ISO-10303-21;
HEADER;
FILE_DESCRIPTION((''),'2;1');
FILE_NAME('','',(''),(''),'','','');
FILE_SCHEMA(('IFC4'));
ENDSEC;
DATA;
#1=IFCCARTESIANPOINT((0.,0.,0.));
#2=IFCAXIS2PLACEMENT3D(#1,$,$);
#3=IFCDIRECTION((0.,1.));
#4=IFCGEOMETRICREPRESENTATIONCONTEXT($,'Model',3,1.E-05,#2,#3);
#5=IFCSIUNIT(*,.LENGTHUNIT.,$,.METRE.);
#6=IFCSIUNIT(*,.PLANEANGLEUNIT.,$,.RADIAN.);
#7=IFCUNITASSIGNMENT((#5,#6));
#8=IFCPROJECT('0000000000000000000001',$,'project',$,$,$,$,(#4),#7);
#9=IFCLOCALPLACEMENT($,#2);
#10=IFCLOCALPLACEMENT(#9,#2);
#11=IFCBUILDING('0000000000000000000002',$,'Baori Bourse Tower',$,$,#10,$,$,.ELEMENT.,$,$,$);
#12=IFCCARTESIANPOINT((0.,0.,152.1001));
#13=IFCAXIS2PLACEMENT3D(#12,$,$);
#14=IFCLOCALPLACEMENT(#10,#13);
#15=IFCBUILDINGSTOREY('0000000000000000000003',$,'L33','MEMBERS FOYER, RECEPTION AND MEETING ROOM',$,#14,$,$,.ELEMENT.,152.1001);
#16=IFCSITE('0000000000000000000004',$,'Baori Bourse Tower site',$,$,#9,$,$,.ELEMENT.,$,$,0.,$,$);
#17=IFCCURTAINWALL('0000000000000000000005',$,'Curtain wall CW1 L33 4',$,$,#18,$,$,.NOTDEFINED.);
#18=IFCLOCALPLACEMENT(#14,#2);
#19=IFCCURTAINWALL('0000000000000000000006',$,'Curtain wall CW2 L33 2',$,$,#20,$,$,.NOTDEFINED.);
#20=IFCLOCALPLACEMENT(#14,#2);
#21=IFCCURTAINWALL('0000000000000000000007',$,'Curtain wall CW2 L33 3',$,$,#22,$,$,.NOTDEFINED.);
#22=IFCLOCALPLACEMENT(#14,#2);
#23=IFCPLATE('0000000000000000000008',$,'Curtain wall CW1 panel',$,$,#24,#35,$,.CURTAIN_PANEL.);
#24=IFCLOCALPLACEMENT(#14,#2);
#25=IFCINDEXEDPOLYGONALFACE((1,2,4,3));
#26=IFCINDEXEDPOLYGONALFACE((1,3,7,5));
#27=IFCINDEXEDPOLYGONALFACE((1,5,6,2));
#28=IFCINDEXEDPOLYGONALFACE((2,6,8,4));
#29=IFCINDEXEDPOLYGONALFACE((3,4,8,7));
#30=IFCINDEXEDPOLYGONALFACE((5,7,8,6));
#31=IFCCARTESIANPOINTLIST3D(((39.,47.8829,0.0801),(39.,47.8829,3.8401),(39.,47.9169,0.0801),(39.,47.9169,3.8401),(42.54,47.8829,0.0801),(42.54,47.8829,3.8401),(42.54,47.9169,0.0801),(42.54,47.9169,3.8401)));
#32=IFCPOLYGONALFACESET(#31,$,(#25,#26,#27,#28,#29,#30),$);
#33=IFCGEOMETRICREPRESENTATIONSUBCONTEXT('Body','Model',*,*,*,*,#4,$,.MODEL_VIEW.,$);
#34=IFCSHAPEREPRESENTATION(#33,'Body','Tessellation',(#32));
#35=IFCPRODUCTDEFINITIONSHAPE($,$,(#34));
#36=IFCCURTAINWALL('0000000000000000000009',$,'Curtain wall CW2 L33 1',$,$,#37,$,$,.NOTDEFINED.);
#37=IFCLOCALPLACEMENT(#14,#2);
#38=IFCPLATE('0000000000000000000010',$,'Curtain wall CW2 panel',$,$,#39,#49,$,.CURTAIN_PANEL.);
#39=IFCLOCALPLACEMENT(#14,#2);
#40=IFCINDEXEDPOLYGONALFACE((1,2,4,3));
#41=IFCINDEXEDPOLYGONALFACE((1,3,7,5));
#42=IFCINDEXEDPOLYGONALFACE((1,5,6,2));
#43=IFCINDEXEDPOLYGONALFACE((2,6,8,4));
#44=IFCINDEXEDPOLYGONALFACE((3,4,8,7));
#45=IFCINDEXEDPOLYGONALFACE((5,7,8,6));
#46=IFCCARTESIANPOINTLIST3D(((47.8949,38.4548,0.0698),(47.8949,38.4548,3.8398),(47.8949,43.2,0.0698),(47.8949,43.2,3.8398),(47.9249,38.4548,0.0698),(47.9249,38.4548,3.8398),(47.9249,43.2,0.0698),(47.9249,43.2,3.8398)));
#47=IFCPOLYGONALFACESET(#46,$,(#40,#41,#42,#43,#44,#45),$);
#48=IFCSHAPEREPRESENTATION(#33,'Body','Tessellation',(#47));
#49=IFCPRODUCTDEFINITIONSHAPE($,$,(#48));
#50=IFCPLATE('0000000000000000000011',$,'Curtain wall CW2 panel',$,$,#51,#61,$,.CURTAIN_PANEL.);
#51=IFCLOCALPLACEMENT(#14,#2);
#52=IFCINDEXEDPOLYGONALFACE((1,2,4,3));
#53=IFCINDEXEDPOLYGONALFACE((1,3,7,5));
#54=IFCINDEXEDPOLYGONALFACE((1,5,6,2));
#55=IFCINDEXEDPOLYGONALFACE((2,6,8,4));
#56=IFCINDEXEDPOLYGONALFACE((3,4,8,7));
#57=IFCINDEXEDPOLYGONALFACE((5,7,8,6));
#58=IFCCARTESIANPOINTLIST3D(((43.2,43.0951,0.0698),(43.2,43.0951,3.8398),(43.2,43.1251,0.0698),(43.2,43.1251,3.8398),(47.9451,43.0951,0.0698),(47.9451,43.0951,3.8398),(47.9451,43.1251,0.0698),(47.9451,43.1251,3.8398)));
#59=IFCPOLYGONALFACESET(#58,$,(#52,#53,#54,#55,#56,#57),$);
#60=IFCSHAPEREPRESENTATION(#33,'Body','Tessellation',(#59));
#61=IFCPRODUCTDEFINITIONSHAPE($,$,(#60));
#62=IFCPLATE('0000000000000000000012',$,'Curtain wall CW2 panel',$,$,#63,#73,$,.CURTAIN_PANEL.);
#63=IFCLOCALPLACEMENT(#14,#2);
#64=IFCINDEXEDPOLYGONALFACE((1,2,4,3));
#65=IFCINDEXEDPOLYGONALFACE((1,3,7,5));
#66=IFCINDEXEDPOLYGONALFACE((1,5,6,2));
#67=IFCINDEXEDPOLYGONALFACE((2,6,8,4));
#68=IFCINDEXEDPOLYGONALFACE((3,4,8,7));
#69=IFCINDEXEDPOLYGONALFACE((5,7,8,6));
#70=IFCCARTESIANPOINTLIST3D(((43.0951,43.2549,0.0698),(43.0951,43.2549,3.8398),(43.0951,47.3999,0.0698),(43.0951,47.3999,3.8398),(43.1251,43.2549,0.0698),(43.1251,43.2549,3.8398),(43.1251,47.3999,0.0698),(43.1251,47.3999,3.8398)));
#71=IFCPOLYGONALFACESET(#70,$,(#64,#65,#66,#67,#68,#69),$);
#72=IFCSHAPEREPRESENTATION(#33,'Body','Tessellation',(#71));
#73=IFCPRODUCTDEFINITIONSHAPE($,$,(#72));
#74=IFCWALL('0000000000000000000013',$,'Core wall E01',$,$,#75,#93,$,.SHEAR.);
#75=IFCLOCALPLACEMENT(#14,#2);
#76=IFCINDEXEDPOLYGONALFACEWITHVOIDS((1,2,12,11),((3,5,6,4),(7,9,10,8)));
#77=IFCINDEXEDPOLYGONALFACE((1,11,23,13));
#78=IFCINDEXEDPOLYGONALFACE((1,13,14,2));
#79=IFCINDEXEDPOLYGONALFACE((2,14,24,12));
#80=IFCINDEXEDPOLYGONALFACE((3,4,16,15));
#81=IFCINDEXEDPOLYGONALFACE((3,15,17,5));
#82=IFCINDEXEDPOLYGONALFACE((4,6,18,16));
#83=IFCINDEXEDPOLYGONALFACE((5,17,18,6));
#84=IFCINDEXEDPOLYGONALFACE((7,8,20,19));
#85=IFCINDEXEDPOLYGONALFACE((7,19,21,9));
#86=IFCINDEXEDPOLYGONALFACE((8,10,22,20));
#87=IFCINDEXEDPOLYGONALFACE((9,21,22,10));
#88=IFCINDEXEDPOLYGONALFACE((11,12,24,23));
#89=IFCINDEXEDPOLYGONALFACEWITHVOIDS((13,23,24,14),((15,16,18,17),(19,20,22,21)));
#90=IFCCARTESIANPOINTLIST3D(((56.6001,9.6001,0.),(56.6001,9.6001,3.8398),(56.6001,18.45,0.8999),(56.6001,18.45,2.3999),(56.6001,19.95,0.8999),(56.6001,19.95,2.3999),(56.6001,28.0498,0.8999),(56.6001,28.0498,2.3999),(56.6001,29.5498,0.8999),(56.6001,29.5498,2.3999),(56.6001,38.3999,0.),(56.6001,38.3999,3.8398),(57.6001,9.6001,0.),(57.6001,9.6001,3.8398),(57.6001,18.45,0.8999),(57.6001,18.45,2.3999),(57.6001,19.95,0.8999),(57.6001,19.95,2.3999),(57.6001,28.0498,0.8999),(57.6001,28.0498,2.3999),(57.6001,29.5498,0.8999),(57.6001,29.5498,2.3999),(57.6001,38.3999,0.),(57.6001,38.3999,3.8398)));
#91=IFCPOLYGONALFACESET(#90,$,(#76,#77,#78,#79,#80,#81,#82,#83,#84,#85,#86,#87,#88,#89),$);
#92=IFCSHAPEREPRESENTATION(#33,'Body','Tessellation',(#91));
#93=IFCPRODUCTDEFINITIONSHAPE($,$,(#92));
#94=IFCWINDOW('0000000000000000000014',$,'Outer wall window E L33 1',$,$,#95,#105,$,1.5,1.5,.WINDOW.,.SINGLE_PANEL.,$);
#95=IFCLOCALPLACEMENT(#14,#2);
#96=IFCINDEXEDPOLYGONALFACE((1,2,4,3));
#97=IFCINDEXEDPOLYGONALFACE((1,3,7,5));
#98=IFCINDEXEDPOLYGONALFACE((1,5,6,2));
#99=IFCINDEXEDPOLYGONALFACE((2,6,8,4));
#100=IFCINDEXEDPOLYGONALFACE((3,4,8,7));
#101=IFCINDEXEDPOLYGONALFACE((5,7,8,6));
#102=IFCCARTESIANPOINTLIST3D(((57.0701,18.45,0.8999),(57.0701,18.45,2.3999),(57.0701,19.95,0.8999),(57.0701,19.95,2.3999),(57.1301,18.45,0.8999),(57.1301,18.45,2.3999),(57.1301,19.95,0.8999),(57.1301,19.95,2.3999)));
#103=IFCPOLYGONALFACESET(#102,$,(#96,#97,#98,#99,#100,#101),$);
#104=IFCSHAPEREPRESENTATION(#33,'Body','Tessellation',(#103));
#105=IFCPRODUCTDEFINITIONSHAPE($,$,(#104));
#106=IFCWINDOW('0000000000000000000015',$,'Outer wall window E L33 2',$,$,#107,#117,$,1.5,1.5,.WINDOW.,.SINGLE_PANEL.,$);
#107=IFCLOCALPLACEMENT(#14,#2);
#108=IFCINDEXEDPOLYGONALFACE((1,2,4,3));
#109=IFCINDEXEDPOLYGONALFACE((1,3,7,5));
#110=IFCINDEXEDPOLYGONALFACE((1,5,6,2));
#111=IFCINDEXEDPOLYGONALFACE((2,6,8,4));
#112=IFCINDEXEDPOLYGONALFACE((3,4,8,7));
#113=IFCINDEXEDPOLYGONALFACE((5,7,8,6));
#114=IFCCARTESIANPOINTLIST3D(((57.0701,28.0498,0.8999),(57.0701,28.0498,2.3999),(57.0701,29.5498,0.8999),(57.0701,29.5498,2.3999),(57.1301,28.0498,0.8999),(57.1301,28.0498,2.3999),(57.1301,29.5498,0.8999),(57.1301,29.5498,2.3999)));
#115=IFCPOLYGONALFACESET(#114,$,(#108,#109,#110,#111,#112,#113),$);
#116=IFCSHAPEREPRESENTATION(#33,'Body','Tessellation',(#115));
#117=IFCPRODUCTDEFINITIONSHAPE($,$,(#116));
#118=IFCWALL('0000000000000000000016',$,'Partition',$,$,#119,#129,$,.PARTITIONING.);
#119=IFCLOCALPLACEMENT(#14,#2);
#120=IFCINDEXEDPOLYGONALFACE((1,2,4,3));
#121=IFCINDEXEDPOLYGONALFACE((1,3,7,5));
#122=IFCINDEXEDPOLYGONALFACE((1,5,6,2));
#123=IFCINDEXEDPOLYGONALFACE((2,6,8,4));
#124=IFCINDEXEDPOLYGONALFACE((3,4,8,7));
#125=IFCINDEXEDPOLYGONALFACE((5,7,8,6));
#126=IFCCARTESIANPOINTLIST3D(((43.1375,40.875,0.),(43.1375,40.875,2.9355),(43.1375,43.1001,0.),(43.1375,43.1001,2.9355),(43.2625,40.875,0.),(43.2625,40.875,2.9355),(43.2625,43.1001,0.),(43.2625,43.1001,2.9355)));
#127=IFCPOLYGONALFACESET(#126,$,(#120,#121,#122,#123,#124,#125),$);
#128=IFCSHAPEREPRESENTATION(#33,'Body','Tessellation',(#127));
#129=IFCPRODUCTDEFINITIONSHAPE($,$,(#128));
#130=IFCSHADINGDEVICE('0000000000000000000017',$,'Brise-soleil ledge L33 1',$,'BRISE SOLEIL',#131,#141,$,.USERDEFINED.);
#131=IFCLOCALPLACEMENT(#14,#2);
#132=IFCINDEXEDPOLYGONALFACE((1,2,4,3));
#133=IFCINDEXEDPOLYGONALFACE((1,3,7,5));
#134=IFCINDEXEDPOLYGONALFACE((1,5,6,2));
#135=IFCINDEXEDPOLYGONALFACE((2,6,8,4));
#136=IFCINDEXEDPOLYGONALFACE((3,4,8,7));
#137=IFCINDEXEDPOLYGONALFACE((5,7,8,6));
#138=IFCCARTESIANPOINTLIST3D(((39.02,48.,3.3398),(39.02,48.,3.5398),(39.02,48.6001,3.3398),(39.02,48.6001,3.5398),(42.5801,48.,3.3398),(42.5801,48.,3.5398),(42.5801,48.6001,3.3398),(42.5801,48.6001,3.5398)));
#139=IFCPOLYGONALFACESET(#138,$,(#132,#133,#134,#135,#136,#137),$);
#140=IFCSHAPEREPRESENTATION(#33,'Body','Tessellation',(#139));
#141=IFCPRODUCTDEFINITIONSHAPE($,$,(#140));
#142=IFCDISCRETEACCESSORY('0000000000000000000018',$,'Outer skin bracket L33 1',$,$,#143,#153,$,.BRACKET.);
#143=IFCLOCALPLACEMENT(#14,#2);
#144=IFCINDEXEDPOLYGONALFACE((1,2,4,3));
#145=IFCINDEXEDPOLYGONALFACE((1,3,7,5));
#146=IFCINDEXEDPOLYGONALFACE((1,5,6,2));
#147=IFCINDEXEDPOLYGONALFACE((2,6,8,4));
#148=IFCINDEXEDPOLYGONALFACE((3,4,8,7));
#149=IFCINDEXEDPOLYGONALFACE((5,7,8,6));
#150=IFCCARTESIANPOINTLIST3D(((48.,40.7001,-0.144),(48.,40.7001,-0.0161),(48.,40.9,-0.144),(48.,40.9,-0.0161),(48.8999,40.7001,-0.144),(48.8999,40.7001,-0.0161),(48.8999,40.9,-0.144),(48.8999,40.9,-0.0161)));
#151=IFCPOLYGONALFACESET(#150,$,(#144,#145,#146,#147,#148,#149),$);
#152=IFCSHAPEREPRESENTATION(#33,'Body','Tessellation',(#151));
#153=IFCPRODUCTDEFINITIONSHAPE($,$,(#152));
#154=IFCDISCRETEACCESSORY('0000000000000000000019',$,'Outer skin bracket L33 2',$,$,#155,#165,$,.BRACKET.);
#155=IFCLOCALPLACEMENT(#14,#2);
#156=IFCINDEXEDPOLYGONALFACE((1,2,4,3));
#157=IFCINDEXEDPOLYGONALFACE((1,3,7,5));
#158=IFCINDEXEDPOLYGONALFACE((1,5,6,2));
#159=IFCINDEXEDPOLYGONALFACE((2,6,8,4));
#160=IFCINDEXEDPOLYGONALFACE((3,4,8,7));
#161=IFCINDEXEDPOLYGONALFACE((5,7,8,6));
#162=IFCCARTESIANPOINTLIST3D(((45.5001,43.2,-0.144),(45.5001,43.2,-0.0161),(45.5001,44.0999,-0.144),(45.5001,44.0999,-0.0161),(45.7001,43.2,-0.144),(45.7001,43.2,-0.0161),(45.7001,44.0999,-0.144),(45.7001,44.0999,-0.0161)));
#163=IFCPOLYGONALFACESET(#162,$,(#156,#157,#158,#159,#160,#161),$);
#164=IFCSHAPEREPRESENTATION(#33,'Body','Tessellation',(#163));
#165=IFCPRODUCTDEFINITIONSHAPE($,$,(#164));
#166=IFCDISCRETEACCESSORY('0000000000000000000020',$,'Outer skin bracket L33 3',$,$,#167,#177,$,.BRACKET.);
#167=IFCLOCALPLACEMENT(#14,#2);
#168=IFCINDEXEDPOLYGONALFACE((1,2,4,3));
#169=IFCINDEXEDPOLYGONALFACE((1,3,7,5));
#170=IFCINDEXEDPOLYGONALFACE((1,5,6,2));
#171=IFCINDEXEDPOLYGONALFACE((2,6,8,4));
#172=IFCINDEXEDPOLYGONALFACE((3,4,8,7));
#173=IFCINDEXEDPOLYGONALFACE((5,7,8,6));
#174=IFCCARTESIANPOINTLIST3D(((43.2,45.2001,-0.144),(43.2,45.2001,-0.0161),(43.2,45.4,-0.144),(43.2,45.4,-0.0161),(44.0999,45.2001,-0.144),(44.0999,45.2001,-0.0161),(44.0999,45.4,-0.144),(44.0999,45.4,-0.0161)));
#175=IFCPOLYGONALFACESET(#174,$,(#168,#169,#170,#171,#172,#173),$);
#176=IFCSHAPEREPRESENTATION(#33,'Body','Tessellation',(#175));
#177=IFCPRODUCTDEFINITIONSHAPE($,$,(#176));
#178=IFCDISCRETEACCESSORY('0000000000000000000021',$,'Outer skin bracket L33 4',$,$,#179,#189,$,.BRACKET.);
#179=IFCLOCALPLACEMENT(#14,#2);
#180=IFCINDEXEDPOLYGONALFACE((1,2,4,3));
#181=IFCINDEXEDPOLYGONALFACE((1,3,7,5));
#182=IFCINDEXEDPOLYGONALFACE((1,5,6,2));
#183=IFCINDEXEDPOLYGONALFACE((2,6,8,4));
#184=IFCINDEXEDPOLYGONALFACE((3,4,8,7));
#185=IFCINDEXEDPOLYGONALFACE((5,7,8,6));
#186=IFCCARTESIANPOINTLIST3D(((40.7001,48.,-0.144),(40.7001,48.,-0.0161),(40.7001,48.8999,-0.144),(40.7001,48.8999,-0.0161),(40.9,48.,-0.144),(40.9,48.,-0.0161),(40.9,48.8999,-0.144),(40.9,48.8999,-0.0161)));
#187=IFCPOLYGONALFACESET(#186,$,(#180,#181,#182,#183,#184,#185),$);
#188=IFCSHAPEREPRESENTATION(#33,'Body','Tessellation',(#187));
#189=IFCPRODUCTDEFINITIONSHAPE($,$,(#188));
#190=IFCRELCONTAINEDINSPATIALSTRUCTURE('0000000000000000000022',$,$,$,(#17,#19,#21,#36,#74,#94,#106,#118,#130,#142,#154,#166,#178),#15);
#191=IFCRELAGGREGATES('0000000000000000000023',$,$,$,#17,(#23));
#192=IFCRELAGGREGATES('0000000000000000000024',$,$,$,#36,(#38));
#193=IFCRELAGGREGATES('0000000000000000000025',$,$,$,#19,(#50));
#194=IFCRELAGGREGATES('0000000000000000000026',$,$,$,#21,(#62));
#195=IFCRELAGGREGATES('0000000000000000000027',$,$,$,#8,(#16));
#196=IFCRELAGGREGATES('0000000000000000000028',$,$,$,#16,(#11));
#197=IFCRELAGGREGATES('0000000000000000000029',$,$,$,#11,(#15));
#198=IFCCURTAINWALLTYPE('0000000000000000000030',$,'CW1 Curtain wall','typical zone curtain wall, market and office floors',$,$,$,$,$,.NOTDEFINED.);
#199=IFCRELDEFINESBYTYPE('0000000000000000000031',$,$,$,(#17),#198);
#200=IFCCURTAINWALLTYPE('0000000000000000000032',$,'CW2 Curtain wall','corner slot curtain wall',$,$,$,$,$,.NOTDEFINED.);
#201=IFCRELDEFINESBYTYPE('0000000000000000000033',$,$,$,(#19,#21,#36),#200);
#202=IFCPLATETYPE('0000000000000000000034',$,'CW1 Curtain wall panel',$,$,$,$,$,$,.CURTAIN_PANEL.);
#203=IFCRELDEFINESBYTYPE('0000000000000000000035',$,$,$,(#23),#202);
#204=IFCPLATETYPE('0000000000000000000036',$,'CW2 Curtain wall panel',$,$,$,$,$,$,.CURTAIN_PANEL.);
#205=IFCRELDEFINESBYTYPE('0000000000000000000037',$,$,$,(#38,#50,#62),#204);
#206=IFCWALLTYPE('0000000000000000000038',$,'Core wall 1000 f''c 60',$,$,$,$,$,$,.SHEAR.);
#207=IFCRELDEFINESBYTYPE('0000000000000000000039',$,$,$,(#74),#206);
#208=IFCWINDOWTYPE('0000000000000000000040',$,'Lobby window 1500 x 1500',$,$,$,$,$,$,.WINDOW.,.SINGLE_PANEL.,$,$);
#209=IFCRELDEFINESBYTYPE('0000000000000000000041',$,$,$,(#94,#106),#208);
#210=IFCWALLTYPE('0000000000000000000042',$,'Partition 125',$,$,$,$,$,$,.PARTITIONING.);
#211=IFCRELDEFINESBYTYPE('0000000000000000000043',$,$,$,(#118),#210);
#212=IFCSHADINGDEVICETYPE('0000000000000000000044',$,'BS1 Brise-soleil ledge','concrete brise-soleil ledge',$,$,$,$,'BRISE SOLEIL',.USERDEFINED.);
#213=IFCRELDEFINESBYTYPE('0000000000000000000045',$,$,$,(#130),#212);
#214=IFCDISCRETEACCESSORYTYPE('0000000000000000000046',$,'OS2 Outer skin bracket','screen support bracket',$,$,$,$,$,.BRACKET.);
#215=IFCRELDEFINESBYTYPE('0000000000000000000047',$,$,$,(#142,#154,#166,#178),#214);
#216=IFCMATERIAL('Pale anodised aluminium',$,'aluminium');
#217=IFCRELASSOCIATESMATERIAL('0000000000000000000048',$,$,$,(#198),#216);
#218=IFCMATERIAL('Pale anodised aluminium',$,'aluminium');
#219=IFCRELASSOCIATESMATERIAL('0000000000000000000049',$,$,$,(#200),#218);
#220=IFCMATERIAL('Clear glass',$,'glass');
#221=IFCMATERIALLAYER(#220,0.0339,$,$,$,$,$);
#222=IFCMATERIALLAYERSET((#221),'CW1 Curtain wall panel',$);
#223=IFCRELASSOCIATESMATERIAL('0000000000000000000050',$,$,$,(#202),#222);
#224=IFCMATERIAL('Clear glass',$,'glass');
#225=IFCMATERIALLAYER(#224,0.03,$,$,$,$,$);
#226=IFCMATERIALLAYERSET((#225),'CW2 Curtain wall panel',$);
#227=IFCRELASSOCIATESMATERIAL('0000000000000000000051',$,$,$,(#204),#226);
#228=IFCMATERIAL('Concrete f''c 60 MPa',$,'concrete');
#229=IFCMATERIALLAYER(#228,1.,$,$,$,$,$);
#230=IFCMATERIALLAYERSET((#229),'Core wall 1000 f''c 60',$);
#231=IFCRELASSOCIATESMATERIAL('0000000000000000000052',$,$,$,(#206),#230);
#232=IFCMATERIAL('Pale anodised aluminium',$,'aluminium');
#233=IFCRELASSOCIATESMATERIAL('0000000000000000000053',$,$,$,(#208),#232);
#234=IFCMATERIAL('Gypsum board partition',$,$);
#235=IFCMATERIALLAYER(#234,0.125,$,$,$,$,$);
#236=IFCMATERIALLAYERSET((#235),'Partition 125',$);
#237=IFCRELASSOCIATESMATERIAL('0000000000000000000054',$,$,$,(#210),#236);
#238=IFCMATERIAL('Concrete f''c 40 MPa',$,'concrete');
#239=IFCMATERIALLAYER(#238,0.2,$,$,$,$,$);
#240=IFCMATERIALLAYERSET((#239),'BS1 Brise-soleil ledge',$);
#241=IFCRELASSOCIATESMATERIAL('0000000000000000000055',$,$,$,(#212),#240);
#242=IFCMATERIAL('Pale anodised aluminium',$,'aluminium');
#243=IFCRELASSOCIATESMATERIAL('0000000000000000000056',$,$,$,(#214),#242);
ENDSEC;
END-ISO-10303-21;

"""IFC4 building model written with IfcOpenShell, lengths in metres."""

from ifc_helpers import new_model, si_unit, direction, frame, frame_2d, origin, origin_2d, place, context, subcontext, project, spatial, rectangle, extrude, material, layer, layer_set, type_object, element, fill, aggregate, save


model = new_model("IFC4")

# Units and contexts
model_context = context("Model", 3, precision=1e-05, world=origin(), true_north=direction((0.0, 1.0)))
body_context = subcontext(model_context, "Body", "Model", "MODEL_VIEW")
ifc_project = project(units=[si_unit("LENGTHUNIT", "METRE"), si_unit("PLANEANGLEUNIT", "RADIAN")], contexts=[model_context])

# Site, building, storey
site_placement = place(None, origin())
site = spatial("IfcSite", under=ifc_project, at=site_placement, Name="Baori Bourse Tower site", CompositionType="ELEMENT", RefElevation=0.0)
building_placement = place(site_placement, origin())
building = spatial("IfcBuilding", under=site, at=building_placement, Name="Baori Bourse Tower", CompositionType="ELEMENT")
storey_placement = place(building_placement, frame((0.0, 0.0, 152.1001)))
storey = spatial("IfcBuildingStorey", under=building, at=storey_placement, Name="L33", Description="MEMBERS FOYER, RECEPTION AND MEETING ROOM", CompositionType="ELEMENT", Elevation=152.1001)

# Curtain wall
ifc_material_1 = material(Name="Pale anodised aluminium", Category="aluminium")
curtain_wall_type_1 = type_object("IfcCurtainWallType", Name="CW1 Curtain wall", Description="typical zone curtain wall, market and office floors", PredefinedType="NOTDEFINED", material=ifc_material_1)
curtain_wall_1_placement = place(storey_placement, origin())
curtain_wall_1 = element("IfcCurtainWall", 1, at=curtain_wall_1_placement, inside=storey, type_object=curtain_wall_type_1, Name="Curtain wall CW1 L33 4", PredefinedType="NOTDEFINED")

# Curtain walls
ifc_material_2 = material(Name="Pale anodised aluminium", Category="aluminium")
curtain_wall_type_2 = type_object("IfcCurtainWallType", Name="CW2 Curtain wall", Description="corner slot curtain wall", PredefinedType="NOTDEFINED", material=ifc_material_2)
curtain_wall_2_placement = place(storey_placement, origin())
curtain_wall_2 = element("IfcCurtainWall", 2, at=curtain_wall_2_placement, inside=storey, type_object=curtain_wall_type_2, Name="Curtain wall CW2 L33 2", PredefinedType="NOTDEFINED")
curtain_wall_3_placement = place(storey_placement, origin())
curtain_wall_3 = element("IfcCurtainWall", 3, at=curtain_wall_3_placement, inside=storey, type_object=curtain_wall_type_2, Name="Curtain wall CW2 L33 3", PredefinedType="NOTDEFINED")

# Plate
ifc_material_3 = material(Name="Clear glass", Category="glass")
ifc_layer_1 = layer(ifc_material_3, 0.0339)
ifc_layer_set_1 = layer_set([ifc_layer_1], Name="CW1 Curtain wall panel")
plate_type_1 = type_object("IfcPlateType", Name="CW1 Curtain wall panel", PredefinedType="CURTAIN_PANEL", material=ifc_layer_set_1)
plate_1_placement = place(storey_placement, frame((40.77, 47.8999, 0.0801), z_axis=(0.0, 0.0, 1.0), x_axis=(-1.0, 0.0, 0.0)))
plate_1 = element("IfcPlate", 4, at=plate_1_placement, type_object=plate_type_1, Name="Curtain wall CW1 panel", PredefinedType="CURTAIN_PANEL", context=body_context, shape_type="SweptSolid", body=[
    extrude(rectangle(XDim=3.54, YDim=0.0339, at=origin_2d()), origin(), (0.0, 0.0, 1.0), 3.76),
])
aggregate(curtain_wall_1, [plate_1])

# Curtain wall, plate
curtain_wall_4_placement = place(storey_placement, origin())
curtain_wall_4 = element("IfcCurtainWall", 5, at=curtain_wall_4_placement, inside=storey, type_object=curtain_wall_type_2, Name="Curtain wall CW2 L33 1", PredefinedType="NOTDEFINED")
ifc_material_4 = material(Name="Clear glass", Category="glass")
ifc_layer_2 = layer(ifc_material_4, 0.03)
ifc_layer_set_2 = layer_set([ifc_layer_2], Name="CW2 Curtain wall panel")
plate_type_2 = type_object("IfcPlateType", Name="CW2 Curtain wall panel", PredefinedType="CURTAIN_PANEL", material=ifc_layer_set_2)
plate_2_placement = place(storey_placement, frame((47.9099, 40.8274, 0.0698), z_axis=(0.0, 0.0, 1.0), x_axis=(0.0, 1.0, 0.0)))
plate_2 = element("IfcPlate", 6, at=plate_2_placement, type_object=plate_type_2, Name="Curtain wall CW2 panel", PredefinedType="CURTAIN_PANEL", context=body_context, shape_type="SweptSolid", body=[
    extrude(rectangle(XDim=4.7451, YDim=0.03, at=origin_2d()), origin(), (0.0, 0.0, 1.0), 3.77),
])
aggregate(curtain_wall_4, [plate_2])

# Plates
plate_3_placement = place(storey_placement, frame((45.5725, 43.1101, 0.0698), z_axis=(0.0, 0.0, 1.0), x_axis=(-1.0, 0.0, 0.0)))
plate_3 = element("IfcPlate", 7, at=plate_3_placement, type_object=plate_type_2, Name="Curtain wall CW2 panel", PredefinedType="CURTAIN_PANEL", context=body_context, shape_type="SweptSolid", body=[
    extrude(rectangle(XDim=4.7451, YDim=0.03, at=origin_2d()), origin(), (0.0, 0.0, 1.0), 3.77),
])
aggregate(curtain_wall_2, [plate_3])
plate_4_placement = place(storey_placement, frame((43.1101, 45.3274, 0.0698), z_axis=(0.0, 0.0, 1.0), x_axis=(0.0, 1.0, 0.0)))
plate_4 = element("IfcPlate", 8, at=plate_4_placement, type_object=plate_type_2, Name="Curtain wall CW2 panel", PredefinedType="CURTAIN_PANEL", context=body_context, shape_type="SweptSolid", body=[
    extrude(rectangle(XDim=4.145, YDim=0.03, at=origin_2d()), origin(), (0.0, 0.0, 1.0), 3.77),
])
aggregate(curtain_wall_3, [plate_4])

# Wall, openings, windows
ifc_material_5 = material(Name="Concrete f'c 60 MPa", Category="concrete")
ifc_layer_3 = layer(ifc_material_5, 1.0)
ifc_layer_set_3 = layer_set([ifc_layer_3], Name="Core wall 1000 f'c 60")
wall_type_1 = type_object("IfcWallType", Name="Core wall 1000 f'c 60", PredefinedType="SHEAR", material=ifc_layer_set_3)
wall_1_placement = place(storey_placement, frame((57.1001, 38.3999, 0.0), z_axis=(0.0, 0.0, 1.0), x_axis=(0.0, -1.0, 0.0)))
wall_1 = element("IfcWall", 9, at=wall_1_placement, inside=storey, type_object=wall_type_1, Name="Core wall E01", PredefinedType="SHEAR", context=body_context, shape_type="SweptSolid", body=[
    extrude(rectangle(XDim=28.7998, YDim=1.0, at=frame_2d((14.3999, 0.0))), origin(), (0.0, 0.0, 1.0), 3.8398),
])
opening_1_placement = place(wall_1_placement, frame((18.45, 0.0, 0.8999)))
opening_1 = element("IfcOpeningElement", 10, at=opening_1_placement, cuts=wall_1, PredefinedType="OPENING", context=body_context, shape_type="SweptSolid", body=[
    extrude(rectangle(XDim=1.5, YDim=1.5, at=frame_2d((0.75, 0.75))), frame((0.0, 0.51, 0.0), z_axis=(0.0, -1.0, 0.0), x_axis=(1.0, 0.0, 0.0)), (0.0, 0.0, 1.0), 1.02),
])
opening_2_placement = place(wall_1_placement, frame((8.8501, 0.0, 0.8999)))
opening_2 = element("IfcOpeningElement", 11, at=opening_2_placement, cuts=wall_1, PredefinedType="OPENING", context=body_context, shape_type="SweptSolid", body=[
    extrude(rectangle(XDim=1.5, YDim=1.5, at=frame_2d((0.75, 0.75))), frame((0.0, 0.51, 0.0), z_axis=(0.0, -1.0, 0.0), x_axis=(1.0, 0.0, 0.0)), (0.0, 0.0, 1.0), 1.02),
])
ifc_material_6 = material(Name="Pale anodised aluminium", Category="aluminium")
window_type = type_object("IfcWindowType", Name="Lobby window 1500 x 1500", PartitioningType="SINGLE_PANEL", PredefinedType="WINDOW", material=ifc_material_6)
window_1_placement = place(opening_1_placement, origin())
window_1 = element("IfcWindow", 12, at=window_1_placement, inside=storey, type_object=window_type, Name="Outer wall window E L33 1", OverallHeight=1.5, OverallWidth=1.5, PartitioningType="SINGLE_PANEL", PredefinedType="WINDOW", context=body_context, shape_type="SweptSolid", body=[
    extrude(rectangle(XDim=1.5, YDim=1.5, at=frame_2d((0.75, 0.75))), frame((0.0, 0.03, 0.0), z_axis=(0.0, -1.0, 0.0), x_axis=(1.0, 0.0, 0.0)), (0.0, 0.0, 1.0), 0.0601),
])
fill(opening_1, window_1)
window_2_placement = place(opening_2_placement, origin())
window_2 = element("IfcWindow", 13, at=window_2_placement, inside=storey, type_object=window_type, Name="Outer wall window E L33 2", OverallHeight=1.5, OverallWidth=1.5, PartitioningType="SINGLE_PANEL", PredefinedType="WINDOW", context=body_context, shape_type="SweptSolid", body=[
    extrude(rectangle(XDim=1.5, YDim=1.5, at=frame_2d((0.75, 0.75))), frame((0.0, 0.03, 0.0), z_axis=(0.0, -1.0, 0.0), x_axis=(1.0, 0.0, 0.0)), (0.0, 0.0, 1.0), 0.0601),
])
fill(opening_2, window_2)

# Wall
ifc_material_7 = material(Name="Gypsum board partition")
ifc_layer_4 = layer(ifc_material_7, 0.125)
ifc_layer_set_4 = layer_set([ifc_layer_4], Name="Partition 125")
wall_type_2 = type_object("IfcWallType", Name="Partition 125", PredefinedType="PARTITIONING", material=ifc_layer_set_4)
wall_2_placement = place(storey_placement, frame((43.2, 40.875, 0.0), z_axis=(0.0, 0.0, 1.0), x_axis=(0.0, 1.0, 0.0)))
element("IfcWall", 14, at=wall_2_placement, inside=storey, type_object=wall_type_2, Name="Partition", PredefinedType="PARTITIONING", context=body_context, shape_type="SweptSolid", body=[
    extrude(rectangle(XDim=2.2251, YDim=0.125, at=frame_2d((1.1125, 0.0))), origin(), (0.0, 0.0, 1.0), 2.9355),
])

# Shading device
ifc_material_8 = material(Name="Concrete f'c 40 MPa", Category="concrete")
ifc_layer_5 = layer(ifc_material_8, 0.2)
ifc_layer_set_5 = layer_set([ifc_layer_5], Name="BS1 Brise-soleil ledge")
shading_device_type = type_object("IfcShadingDeviceType", Name="BS1 Brise-soleil ledge", Description="concrete brise-soleil ledge", ElementType="BRISE SOLEIL", PredefinedType="USERDEFINED", material=ifc_layer_set_5)
shading_device_placement = place(storey_placement, frame((40.8, 48.3, 3.3398), z_axis=(0.0, 0.0, 1.0), x_axis=(-1.0, 0.0, 0.0)))
element("IfcShadingDevice", 15, at=shading_device_placement, inside=storey, type_object=shading_device_type, Name="Brise-soleil ledge L33 1", ObjectType="BRISE SOLEIL", PredefinedType="USERDEFINED", context=body_context, shape_type="SweptSolid", body=[
    extrude(rectangle(XDim=3.5601, YDim=0.6001, at=origin_2d()), origin(), (0.0, 0.0, 1.0), 0.2),
])

# Discrete accessories
ifc_material_9 = material(Name="Pale anodised aluminium", Category="aluminium")
discrete_accessory_type = type_object("IfcDiscreteAccessoryType", Name="OS2 Outer skin bracket", Description="screen support bracket", PredefinedType="BRACKET", material=ifc_material_9)
for number, where, z_axis, x_axis, name in (
    (16, (48.45, 40.8, -0.144), (0.0, 0.0, 1.0), (0.0, 1.0, 0.0), "Outer skin bracket L33 1"),
    (17, (45.6001, 43.6499, -0.144), (0.0, 0.0, 1.0), (-1.0, 0.0, 0.0), "Outer skin bracket L33 2"),
    (18, (43.6499, 45.3, -0.144), (0.0, 0.0, 1.0), (0.0, 1.0, 0.0), "Outer skin bracket L33 3"),
    (19, (40.8, 48.45, -0.144), (0.0, 0.0, 1.0), (-1.0, 0.0, 0.0), "Outer skin bracket L33 4"),
):
    element("IfcDiscreteAccessory", number, at=place(storey_placement, frame(where, z_axis=z_axis, x_axis=x_axis)), inside=storey, type_object=discrete_accessory_type, Name=name, PredefinedType="BRACKET", context=body_context, shape_type="SweptSolid", body=[
        extrude(rectangle(XDim=0.2, YDim=0.8999, at=origin_2d()), origin(), (0.0, 0.0, 1.0), 0.1279),
    ])

save(model, "model.ifc")
